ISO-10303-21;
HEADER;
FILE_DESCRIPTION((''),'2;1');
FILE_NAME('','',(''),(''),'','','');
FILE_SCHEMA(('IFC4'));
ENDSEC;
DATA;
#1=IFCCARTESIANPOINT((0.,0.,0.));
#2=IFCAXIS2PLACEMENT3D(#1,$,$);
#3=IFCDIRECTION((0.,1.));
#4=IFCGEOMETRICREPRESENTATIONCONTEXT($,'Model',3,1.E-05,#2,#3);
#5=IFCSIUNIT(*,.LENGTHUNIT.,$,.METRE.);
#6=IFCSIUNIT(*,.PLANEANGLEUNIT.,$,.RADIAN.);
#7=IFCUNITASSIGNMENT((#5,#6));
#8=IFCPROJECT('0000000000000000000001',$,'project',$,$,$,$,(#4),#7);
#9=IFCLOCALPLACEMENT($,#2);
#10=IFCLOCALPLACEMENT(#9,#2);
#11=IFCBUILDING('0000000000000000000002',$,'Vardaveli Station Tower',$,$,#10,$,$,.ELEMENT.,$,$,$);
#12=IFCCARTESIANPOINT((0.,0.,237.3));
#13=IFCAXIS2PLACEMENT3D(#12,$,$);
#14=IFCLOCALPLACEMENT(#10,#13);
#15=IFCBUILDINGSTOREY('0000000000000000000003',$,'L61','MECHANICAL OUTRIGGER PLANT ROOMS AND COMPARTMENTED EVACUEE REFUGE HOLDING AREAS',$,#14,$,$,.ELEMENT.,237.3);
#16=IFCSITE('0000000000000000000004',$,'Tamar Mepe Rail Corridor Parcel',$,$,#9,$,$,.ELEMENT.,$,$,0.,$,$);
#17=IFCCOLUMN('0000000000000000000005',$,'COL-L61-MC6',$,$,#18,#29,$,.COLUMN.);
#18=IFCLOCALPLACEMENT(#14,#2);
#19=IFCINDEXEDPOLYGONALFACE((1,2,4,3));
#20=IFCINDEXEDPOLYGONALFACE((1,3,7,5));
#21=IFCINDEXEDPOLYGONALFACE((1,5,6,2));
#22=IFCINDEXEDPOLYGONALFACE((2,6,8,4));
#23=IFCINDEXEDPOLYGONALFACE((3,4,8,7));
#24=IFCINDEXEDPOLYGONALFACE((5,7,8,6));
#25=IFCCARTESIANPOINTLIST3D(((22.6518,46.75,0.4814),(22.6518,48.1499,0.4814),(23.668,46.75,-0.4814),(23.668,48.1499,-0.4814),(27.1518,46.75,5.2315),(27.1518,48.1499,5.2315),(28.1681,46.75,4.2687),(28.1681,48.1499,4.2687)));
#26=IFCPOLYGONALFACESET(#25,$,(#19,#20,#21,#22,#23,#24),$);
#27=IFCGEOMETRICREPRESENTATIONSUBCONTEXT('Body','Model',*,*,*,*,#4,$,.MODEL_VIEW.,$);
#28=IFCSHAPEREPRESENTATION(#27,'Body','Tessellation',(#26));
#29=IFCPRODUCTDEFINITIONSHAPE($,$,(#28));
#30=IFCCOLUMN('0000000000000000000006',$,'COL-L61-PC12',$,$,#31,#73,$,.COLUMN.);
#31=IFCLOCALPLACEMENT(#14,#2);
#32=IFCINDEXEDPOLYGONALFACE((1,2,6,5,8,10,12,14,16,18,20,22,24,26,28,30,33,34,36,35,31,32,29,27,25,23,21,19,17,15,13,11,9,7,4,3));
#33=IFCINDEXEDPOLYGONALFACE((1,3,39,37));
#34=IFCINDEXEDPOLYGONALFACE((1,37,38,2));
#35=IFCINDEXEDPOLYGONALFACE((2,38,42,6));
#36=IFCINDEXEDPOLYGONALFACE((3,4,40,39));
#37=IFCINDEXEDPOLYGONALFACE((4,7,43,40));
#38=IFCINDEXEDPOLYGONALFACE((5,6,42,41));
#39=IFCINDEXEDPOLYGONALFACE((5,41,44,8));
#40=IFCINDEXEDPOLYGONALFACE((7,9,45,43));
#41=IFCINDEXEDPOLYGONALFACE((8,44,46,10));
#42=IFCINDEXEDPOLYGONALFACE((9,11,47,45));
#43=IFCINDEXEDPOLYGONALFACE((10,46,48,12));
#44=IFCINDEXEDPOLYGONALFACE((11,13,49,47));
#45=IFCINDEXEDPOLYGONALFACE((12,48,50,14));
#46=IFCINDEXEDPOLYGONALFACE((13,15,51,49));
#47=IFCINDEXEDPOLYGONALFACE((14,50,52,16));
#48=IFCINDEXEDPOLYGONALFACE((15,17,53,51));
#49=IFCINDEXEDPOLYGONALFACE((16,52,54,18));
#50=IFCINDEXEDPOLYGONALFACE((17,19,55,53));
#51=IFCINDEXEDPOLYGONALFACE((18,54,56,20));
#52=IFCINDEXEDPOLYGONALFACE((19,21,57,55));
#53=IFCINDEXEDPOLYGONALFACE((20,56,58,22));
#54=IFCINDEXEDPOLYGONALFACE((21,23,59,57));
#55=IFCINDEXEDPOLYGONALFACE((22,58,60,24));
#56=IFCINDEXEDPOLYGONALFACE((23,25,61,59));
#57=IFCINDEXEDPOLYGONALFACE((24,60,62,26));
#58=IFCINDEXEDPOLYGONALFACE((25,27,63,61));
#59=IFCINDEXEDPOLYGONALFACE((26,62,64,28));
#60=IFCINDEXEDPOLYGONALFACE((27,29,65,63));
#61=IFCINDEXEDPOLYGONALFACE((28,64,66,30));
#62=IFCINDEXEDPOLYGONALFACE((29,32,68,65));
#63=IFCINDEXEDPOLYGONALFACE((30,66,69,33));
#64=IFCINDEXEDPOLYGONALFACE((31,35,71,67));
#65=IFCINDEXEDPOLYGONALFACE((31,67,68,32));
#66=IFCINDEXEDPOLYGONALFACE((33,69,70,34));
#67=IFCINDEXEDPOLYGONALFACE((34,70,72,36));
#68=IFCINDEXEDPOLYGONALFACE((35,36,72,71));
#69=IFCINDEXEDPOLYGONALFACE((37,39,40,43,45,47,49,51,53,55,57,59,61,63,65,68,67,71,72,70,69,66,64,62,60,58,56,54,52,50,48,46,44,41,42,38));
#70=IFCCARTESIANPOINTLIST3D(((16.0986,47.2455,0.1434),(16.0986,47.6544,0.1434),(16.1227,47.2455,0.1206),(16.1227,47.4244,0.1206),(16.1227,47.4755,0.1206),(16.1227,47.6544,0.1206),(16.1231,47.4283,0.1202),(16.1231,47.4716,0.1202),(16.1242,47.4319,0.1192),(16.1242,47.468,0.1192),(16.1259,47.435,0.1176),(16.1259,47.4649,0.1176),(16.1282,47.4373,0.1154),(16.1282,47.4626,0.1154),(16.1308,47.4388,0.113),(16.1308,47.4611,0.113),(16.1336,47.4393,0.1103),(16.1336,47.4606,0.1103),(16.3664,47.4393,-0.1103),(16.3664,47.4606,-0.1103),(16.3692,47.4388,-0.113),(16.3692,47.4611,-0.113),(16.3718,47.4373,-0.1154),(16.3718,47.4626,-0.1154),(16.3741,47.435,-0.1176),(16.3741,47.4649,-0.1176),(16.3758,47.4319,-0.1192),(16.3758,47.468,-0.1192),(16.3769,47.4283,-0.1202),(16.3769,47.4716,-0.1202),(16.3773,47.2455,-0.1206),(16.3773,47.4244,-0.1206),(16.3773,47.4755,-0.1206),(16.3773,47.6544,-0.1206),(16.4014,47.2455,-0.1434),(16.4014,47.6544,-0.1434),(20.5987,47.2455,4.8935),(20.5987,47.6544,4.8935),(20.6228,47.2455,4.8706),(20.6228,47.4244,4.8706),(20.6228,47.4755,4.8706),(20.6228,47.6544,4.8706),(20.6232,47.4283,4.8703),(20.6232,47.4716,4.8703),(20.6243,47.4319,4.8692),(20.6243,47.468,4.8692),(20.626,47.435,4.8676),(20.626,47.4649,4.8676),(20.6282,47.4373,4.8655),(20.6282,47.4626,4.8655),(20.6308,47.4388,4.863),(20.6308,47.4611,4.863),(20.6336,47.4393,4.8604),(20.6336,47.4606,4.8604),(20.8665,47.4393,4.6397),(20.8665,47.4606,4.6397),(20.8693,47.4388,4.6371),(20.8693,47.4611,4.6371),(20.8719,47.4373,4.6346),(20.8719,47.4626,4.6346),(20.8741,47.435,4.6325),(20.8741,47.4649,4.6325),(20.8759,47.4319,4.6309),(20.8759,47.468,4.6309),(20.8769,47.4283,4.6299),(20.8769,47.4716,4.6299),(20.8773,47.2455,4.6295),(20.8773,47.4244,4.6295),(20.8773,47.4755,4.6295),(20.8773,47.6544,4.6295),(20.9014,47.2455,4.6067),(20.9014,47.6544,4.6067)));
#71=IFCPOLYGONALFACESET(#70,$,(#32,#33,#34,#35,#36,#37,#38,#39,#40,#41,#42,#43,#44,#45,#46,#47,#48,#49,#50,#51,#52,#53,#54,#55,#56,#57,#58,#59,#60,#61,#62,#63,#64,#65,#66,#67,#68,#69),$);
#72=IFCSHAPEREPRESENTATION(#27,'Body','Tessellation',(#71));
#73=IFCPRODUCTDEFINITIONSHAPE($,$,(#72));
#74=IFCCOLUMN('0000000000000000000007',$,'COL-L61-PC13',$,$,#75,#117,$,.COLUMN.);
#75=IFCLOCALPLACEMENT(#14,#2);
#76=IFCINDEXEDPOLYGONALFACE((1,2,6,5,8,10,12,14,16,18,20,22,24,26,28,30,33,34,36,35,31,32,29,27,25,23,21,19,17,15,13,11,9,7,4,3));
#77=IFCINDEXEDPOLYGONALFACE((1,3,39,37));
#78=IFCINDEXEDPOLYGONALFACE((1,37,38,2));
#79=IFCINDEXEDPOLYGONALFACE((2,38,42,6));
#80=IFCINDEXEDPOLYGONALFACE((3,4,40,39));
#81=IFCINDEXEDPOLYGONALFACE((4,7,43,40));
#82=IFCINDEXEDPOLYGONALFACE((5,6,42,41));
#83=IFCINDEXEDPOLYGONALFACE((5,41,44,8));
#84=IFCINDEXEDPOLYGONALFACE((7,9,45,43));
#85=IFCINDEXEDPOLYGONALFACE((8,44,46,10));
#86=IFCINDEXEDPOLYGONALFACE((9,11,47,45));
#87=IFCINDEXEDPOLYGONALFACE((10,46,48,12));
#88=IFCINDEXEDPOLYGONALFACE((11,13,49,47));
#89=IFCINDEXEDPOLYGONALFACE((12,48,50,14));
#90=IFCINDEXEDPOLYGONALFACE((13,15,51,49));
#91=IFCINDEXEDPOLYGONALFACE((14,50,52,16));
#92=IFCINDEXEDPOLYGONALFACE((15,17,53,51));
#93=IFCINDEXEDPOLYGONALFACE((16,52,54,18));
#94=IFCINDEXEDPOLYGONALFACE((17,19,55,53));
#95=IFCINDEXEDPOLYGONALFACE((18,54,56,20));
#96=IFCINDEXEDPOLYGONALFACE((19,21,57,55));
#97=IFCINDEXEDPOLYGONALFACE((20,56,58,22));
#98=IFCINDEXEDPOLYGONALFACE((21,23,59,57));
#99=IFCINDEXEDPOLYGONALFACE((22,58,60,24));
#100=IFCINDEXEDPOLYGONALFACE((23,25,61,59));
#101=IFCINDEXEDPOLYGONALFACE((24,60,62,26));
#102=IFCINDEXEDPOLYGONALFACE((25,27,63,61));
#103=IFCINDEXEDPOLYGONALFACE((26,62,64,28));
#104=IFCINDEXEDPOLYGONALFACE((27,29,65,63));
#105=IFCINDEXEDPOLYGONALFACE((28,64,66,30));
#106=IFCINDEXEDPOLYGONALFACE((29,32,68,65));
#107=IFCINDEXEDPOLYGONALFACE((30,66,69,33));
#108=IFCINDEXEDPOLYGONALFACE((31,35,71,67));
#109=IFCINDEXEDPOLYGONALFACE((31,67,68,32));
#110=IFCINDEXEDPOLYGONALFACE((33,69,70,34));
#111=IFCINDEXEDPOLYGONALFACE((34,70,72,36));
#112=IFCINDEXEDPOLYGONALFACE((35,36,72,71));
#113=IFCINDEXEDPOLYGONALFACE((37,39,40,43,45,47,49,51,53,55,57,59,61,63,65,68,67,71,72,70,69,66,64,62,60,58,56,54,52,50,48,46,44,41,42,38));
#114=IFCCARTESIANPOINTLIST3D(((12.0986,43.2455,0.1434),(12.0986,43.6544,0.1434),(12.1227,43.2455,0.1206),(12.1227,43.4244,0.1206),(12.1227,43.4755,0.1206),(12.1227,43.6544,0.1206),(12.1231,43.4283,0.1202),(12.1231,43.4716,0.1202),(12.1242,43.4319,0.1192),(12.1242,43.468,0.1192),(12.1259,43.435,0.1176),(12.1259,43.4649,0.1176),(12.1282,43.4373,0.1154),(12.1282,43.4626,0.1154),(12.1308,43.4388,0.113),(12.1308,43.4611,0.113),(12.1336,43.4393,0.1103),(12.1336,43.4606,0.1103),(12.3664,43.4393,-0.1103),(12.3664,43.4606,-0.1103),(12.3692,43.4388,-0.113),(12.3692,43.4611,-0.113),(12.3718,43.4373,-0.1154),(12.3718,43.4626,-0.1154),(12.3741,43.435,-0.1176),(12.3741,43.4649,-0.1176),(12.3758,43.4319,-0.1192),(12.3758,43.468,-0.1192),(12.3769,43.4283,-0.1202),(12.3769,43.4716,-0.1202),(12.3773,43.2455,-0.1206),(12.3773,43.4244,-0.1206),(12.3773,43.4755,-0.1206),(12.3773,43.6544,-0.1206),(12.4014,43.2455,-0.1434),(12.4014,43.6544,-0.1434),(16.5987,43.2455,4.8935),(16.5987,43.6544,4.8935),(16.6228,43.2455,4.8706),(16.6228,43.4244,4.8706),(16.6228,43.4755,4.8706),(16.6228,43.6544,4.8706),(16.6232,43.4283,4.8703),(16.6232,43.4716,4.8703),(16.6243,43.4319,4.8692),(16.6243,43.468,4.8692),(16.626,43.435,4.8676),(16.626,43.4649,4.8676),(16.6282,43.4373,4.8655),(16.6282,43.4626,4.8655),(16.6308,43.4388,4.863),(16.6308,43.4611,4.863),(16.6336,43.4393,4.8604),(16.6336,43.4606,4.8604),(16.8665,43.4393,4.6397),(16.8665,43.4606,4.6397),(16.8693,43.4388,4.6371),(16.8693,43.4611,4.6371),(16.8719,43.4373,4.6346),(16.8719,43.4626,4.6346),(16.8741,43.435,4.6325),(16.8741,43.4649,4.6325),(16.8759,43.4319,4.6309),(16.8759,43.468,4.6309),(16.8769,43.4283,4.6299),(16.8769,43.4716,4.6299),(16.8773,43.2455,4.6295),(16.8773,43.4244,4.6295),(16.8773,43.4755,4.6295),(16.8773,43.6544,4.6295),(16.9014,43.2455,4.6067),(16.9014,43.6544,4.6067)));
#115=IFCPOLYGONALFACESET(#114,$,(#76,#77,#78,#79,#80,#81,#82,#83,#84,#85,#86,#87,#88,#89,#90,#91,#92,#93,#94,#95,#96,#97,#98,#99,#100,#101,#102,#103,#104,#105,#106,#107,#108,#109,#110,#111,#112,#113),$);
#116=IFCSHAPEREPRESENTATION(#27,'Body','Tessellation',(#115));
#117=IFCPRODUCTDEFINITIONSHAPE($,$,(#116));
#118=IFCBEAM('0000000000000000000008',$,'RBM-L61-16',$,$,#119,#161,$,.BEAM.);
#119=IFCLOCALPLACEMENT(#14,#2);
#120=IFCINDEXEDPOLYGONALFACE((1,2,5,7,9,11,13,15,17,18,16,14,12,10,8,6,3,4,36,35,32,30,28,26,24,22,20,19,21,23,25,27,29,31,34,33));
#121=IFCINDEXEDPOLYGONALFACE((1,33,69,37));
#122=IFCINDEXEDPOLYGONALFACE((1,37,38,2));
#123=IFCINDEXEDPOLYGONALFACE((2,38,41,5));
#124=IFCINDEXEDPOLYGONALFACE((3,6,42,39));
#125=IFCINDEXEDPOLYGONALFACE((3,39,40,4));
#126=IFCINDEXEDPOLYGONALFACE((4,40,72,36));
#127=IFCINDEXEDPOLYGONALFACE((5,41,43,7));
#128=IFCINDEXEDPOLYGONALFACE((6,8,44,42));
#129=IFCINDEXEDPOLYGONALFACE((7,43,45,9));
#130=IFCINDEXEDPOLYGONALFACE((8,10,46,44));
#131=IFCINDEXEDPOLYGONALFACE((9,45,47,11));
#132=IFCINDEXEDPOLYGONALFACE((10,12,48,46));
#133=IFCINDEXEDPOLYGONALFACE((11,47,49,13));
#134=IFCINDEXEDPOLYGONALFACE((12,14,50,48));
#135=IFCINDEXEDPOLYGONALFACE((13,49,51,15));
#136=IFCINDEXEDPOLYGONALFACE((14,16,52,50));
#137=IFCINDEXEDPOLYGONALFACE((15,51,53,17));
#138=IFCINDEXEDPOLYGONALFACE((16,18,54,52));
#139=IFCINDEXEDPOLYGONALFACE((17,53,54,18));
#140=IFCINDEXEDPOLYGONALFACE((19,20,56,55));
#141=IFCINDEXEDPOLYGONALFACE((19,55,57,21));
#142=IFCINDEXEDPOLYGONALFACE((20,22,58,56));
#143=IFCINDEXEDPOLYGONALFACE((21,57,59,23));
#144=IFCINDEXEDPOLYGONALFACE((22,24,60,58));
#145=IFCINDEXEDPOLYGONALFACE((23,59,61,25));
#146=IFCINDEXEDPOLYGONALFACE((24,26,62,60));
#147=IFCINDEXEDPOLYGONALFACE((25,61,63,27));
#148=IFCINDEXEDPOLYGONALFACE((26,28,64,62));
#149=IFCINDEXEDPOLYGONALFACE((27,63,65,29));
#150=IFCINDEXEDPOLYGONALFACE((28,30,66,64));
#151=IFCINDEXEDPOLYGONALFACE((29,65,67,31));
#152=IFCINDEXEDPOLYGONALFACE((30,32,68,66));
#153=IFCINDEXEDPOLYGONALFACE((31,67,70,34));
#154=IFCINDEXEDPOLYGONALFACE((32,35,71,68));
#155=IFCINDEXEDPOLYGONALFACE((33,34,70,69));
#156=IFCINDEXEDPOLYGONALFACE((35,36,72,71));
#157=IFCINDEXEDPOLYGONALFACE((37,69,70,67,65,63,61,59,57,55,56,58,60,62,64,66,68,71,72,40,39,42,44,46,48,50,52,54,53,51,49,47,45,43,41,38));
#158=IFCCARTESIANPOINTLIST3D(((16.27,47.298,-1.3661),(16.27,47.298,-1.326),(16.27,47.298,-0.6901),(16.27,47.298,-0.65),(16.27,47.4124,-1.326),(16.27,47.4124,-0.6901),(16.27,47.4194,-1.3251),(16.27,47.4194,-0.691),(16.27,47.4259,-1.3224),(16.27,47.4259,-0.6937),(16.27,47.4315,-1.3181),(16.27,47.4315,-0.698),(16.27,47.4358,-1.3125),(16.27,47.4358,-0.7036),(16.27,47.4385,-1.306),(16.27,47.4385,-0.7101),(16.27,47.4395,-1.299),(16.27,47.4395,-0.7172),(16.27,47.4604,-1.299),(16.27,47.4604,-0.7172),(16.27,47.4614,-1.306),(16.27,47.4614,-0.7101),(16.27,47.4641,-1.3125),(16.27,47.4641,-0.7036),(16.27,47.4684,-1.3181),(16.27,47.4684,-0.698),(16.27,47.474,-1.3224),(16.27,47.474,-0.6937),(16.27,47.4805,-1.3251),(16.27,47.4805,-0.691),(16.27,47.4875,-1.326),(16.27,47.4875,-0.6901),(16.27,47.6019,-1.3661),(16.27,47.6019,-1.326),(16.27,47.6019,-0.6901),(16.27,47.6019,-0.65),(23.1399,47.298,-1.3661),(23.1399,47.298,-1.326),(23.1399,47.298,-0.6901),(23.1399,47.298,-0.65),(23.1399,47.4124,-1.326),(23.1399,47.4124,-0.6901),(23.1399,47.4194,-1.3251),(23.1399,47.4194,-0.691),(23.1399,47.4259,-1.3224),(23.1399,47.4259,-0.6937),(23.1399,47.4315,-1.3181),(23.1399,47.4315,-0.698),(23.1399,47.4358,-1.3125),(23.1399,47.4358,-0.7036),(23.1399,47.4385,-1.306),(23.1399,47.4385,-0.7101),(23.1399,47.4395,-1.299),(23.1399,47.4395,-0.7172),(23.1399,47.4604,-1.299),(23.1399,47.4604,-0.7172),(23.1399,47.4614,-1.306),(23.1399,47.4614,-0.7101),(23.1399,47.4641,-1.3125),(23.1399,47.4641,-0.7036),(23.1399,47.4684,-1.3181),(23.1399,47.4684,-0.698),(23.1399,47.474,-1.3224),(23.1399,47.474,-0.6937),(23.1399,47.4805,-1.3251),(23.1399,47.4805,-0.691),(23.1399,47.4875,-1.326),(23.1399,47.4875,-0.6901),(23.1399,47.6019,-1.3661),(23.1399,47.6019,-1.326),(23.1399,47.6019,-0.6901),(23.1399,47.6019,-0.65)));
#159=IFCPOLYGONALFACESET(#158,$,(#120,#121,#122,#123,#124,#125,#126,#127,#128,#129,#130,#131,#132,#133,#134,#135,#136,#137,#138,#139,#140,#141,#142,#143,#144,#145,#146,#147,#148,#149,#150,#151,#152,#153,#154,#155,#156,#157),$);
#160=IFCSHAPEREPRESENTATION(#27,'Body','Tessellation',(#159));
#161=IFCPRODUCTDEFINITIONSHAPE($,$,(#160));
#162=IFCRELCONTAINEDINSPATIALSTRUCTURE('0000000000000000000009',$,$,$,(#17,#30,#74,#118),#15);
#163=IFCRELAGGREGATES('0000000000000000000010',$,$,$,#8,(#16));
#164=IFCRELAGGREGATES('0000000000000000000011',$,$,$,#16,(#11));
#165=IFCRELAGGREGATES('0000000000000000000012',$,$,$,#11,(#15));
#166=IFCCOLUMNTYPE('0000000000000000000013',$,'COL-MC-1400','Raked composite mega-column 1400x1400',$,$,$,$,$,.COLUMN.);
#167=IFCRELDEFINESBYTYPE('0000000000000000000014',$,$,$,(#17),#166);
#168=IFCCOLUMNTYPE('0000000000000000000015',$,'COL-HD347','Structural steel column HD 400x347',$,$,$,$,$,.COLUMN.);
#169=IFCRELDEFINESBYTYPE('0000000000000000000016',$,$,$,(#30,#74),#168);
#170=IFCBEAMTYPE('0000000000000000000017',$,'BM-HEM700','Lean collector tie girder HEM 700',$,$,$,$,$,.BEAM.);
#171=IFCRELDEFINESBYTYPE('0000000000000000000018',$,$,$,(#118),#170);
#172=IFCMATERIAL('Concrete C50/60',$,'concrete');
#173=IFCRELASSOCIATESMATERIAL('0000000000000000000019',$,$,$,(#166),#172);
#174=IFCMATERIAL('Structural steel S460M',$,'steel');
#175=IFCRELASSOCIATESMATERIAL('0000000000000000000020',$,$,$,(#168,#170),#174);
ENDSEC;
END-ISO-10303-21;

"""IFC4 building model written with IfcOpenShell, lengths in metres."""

from ifc_helpers import new_model, si_unit, direction, frame, origin, origin_2d, place, context, subcontext, project, spatial, rectangle, i_section, extrude, source, transform, mapped, material, material_profile, profile_set, type_object, element, save


model = new_model("IFC4")

# Units and contexts
model_context = context("Model", 3, precision=1e-05, world=origin(), true_north=direction((0.0, 1.0)))
body_context = subcontext(model_context, "Body", "Model", "MODEL_VIEW")
ifc_project = project(units=[si_unit("LENGTHUNIT", "METRE"), si_unit("PLANEANGLEUNIT", "RADIAN")], contexts=[model_context])

# Site, building, storey
site_placement = place(None, origin())
site = spatial("IfcSite", under=ifc_project, at=site_placement, Name="Tamar Mepe Rail Corridor Parcel", CompositionType="ELEMENT", RefElevation=0.0)
building_placement = place(site_placement, origin())
building = spatial("IfcBuilding", under=site, at=building_placement, Name="Vardaveli Station Tower", CompositionType="ELEMENT")
storey_placement = place(building_placement, frame((0.0, 0.0, 237.3)))
storey = spatial("IfcBuildingStorey", under=building, at=storey_placement, Name="L61", Description="MECHANICAL OUTRIGGER PLANT ROOMS AND COMPARTMENTED EVACUEE REFUGE HOLDING AREAS", CompositionType="ELEMENT", Elevation=237.3)

# Columns
ifc_material_1 = material(Name="Concrete C50/60", Category="concrete")
ifc_material_profile_1 = material_profile(ifc_material_1, rectangle(XDim=1.3999, YDim=1.3999, at=origin_2d()), Name="MC 1400x1400")
ifc_profile_set_1 = profile_set([ifc_material_profile_1], Name="Concrete C50/60")
column_type_1 = type_object("IfcColumnType", Name="COL-MC-1400", Description="Raked composite mega-column 1400x1400", PredefinedType="COLUMN", material=ifc_profile_set_1)
shared_shape_1 = source(origin(), body_context, "Body", "SweptSolid", [
    extrude(rectangle(XDim=1.3999, YDim=1.3999, at=origin_2d()), origin(), (0.0, 0.0, 1.0), 6.5432),
])
column_placement = place(storey_placement, frame((23.1599, 47.45, 0.0), z_axis=(0.687745, 0.0, 0.725953), x_axis=(0.0, 1.0, 0.0)))
element("IfcColumn", 1, at=column_placement, inside=storey, type_object=column_type_1, Name="COL-L61-MC6", PredefinedType="COLUMN", context=body_context, shape_type="MappedRepresentation", body=[
    mapped(shared_shape_1, transform((0.0, 0.0, 0.0), scale=1.0)),
])
ifc_material_2 = material(Name="Structural steel S460M", Category="steel")
ifc_material_profile_2 = material_profile(ifc_material_2, i_section(OverallWidth=0.4089, OverallDepth=0.417, WebThickness=0.0212, FlangeThickness=0.0332, FilletRadius=0.0149, at=origin_2d()), Name="HD 400x347")
ifc_profile_set_2 = profile_set([ifc_material_profile_2], Name="Structural steel S460M")
column_type_2 = type_object("IfcColumnType", Name="COL-HD347", Description="Structural steel column HD 400x347", PredefinedType="COLUMN", material=ifc_profile_set_2)
shared_shape_2 = source(origin(), body_context, "Body", "SweptSolid", [
    extrude(i_section(OverallWidth=0.4089, OverallDepth=0.417, WebThickness=0.0212, FlangeThickness=0.0332, FilletRadius=0.0149, at=origin_2d()), origin(), (0.0, 0.0, 1.0), 6.5432),
])
for number, where, z_axis, x_axis, name in (
    (2, (16.25, 47.45, 0.0), (0.687745, 0.0, 0.725953), (0.0, 1.0, 0.0), "COL-L61-PC12"),
    (3, (12.25, 43.45, 0.0), (0.687745, 0.0, 0.725953), (0.0, 1.0, 0.0), "COL-L61-PC13"),
):
    element("IfcColumn", number, at=place(storey_placement, frame(where, z_axis=z_axis, x_axis=x_axis)), inside=storey, type_object=column_type_2, Name=name, PredefinedType="COLUMN", context=body_context, shape_type="MappedRepresentation", body=[
        mapped(shared_shape_2, transform((0.0, 0.0, 0.0), scale=1.0)),
    ])

# Beam
ifc_material_profile_3 = material_profile(ifc_material_2, i_section(OverallWidth=0.304, OverallDepth=0.7161, WebThickness=0.021, FlangeThickness=0.04, FilletRadius=0.0271, at=origin_2d()), Name="HEM 700")
ifc_profile_set_3 = profile_set([ifc_material_profile_3], Name="Structural steel S460M")
beam_type = type_object("IfcBeamType", Name="BM-HEM700", Description="Lean collector tie girder HEM 700", PredefinedType="BEAM", material=ifc_profile_set_3)
shared_shape_3 = source(origin(), body_context, "Body", "SweptSolid", [
    extrude(i_section(OverallWidth=0.304, OverallDepth=0.7161, WebThickness=0.021, FlangeThickness=0.04, FilletRadius=0.0271, at=origin_2d()), origin(), (0.0, 0.0, 1.0), 6.8699),
])
for number, where, z_axis, x_axis, name in (
    (4, (23.1399, 47.45, -1.0081), (-1.0, 0.0, 0.0), (0.0, -1.0, 0.0), "RBM-L61-16"),
):
    element("IfcBeam", number, at=place(storey_placement, frame(where, z_axis=z_axis, x_axis=x_axis)), inside=storey, type_object=beam_type, Name=name, PredefinedType="BEAM", context=body_context, shape_type="MappedRepresentation", body=[
        mapped(shared_shape_3, transform((0.0, 0.0, 0.0), scale=1.0)),
    ])

save(model, "model.ifc")
